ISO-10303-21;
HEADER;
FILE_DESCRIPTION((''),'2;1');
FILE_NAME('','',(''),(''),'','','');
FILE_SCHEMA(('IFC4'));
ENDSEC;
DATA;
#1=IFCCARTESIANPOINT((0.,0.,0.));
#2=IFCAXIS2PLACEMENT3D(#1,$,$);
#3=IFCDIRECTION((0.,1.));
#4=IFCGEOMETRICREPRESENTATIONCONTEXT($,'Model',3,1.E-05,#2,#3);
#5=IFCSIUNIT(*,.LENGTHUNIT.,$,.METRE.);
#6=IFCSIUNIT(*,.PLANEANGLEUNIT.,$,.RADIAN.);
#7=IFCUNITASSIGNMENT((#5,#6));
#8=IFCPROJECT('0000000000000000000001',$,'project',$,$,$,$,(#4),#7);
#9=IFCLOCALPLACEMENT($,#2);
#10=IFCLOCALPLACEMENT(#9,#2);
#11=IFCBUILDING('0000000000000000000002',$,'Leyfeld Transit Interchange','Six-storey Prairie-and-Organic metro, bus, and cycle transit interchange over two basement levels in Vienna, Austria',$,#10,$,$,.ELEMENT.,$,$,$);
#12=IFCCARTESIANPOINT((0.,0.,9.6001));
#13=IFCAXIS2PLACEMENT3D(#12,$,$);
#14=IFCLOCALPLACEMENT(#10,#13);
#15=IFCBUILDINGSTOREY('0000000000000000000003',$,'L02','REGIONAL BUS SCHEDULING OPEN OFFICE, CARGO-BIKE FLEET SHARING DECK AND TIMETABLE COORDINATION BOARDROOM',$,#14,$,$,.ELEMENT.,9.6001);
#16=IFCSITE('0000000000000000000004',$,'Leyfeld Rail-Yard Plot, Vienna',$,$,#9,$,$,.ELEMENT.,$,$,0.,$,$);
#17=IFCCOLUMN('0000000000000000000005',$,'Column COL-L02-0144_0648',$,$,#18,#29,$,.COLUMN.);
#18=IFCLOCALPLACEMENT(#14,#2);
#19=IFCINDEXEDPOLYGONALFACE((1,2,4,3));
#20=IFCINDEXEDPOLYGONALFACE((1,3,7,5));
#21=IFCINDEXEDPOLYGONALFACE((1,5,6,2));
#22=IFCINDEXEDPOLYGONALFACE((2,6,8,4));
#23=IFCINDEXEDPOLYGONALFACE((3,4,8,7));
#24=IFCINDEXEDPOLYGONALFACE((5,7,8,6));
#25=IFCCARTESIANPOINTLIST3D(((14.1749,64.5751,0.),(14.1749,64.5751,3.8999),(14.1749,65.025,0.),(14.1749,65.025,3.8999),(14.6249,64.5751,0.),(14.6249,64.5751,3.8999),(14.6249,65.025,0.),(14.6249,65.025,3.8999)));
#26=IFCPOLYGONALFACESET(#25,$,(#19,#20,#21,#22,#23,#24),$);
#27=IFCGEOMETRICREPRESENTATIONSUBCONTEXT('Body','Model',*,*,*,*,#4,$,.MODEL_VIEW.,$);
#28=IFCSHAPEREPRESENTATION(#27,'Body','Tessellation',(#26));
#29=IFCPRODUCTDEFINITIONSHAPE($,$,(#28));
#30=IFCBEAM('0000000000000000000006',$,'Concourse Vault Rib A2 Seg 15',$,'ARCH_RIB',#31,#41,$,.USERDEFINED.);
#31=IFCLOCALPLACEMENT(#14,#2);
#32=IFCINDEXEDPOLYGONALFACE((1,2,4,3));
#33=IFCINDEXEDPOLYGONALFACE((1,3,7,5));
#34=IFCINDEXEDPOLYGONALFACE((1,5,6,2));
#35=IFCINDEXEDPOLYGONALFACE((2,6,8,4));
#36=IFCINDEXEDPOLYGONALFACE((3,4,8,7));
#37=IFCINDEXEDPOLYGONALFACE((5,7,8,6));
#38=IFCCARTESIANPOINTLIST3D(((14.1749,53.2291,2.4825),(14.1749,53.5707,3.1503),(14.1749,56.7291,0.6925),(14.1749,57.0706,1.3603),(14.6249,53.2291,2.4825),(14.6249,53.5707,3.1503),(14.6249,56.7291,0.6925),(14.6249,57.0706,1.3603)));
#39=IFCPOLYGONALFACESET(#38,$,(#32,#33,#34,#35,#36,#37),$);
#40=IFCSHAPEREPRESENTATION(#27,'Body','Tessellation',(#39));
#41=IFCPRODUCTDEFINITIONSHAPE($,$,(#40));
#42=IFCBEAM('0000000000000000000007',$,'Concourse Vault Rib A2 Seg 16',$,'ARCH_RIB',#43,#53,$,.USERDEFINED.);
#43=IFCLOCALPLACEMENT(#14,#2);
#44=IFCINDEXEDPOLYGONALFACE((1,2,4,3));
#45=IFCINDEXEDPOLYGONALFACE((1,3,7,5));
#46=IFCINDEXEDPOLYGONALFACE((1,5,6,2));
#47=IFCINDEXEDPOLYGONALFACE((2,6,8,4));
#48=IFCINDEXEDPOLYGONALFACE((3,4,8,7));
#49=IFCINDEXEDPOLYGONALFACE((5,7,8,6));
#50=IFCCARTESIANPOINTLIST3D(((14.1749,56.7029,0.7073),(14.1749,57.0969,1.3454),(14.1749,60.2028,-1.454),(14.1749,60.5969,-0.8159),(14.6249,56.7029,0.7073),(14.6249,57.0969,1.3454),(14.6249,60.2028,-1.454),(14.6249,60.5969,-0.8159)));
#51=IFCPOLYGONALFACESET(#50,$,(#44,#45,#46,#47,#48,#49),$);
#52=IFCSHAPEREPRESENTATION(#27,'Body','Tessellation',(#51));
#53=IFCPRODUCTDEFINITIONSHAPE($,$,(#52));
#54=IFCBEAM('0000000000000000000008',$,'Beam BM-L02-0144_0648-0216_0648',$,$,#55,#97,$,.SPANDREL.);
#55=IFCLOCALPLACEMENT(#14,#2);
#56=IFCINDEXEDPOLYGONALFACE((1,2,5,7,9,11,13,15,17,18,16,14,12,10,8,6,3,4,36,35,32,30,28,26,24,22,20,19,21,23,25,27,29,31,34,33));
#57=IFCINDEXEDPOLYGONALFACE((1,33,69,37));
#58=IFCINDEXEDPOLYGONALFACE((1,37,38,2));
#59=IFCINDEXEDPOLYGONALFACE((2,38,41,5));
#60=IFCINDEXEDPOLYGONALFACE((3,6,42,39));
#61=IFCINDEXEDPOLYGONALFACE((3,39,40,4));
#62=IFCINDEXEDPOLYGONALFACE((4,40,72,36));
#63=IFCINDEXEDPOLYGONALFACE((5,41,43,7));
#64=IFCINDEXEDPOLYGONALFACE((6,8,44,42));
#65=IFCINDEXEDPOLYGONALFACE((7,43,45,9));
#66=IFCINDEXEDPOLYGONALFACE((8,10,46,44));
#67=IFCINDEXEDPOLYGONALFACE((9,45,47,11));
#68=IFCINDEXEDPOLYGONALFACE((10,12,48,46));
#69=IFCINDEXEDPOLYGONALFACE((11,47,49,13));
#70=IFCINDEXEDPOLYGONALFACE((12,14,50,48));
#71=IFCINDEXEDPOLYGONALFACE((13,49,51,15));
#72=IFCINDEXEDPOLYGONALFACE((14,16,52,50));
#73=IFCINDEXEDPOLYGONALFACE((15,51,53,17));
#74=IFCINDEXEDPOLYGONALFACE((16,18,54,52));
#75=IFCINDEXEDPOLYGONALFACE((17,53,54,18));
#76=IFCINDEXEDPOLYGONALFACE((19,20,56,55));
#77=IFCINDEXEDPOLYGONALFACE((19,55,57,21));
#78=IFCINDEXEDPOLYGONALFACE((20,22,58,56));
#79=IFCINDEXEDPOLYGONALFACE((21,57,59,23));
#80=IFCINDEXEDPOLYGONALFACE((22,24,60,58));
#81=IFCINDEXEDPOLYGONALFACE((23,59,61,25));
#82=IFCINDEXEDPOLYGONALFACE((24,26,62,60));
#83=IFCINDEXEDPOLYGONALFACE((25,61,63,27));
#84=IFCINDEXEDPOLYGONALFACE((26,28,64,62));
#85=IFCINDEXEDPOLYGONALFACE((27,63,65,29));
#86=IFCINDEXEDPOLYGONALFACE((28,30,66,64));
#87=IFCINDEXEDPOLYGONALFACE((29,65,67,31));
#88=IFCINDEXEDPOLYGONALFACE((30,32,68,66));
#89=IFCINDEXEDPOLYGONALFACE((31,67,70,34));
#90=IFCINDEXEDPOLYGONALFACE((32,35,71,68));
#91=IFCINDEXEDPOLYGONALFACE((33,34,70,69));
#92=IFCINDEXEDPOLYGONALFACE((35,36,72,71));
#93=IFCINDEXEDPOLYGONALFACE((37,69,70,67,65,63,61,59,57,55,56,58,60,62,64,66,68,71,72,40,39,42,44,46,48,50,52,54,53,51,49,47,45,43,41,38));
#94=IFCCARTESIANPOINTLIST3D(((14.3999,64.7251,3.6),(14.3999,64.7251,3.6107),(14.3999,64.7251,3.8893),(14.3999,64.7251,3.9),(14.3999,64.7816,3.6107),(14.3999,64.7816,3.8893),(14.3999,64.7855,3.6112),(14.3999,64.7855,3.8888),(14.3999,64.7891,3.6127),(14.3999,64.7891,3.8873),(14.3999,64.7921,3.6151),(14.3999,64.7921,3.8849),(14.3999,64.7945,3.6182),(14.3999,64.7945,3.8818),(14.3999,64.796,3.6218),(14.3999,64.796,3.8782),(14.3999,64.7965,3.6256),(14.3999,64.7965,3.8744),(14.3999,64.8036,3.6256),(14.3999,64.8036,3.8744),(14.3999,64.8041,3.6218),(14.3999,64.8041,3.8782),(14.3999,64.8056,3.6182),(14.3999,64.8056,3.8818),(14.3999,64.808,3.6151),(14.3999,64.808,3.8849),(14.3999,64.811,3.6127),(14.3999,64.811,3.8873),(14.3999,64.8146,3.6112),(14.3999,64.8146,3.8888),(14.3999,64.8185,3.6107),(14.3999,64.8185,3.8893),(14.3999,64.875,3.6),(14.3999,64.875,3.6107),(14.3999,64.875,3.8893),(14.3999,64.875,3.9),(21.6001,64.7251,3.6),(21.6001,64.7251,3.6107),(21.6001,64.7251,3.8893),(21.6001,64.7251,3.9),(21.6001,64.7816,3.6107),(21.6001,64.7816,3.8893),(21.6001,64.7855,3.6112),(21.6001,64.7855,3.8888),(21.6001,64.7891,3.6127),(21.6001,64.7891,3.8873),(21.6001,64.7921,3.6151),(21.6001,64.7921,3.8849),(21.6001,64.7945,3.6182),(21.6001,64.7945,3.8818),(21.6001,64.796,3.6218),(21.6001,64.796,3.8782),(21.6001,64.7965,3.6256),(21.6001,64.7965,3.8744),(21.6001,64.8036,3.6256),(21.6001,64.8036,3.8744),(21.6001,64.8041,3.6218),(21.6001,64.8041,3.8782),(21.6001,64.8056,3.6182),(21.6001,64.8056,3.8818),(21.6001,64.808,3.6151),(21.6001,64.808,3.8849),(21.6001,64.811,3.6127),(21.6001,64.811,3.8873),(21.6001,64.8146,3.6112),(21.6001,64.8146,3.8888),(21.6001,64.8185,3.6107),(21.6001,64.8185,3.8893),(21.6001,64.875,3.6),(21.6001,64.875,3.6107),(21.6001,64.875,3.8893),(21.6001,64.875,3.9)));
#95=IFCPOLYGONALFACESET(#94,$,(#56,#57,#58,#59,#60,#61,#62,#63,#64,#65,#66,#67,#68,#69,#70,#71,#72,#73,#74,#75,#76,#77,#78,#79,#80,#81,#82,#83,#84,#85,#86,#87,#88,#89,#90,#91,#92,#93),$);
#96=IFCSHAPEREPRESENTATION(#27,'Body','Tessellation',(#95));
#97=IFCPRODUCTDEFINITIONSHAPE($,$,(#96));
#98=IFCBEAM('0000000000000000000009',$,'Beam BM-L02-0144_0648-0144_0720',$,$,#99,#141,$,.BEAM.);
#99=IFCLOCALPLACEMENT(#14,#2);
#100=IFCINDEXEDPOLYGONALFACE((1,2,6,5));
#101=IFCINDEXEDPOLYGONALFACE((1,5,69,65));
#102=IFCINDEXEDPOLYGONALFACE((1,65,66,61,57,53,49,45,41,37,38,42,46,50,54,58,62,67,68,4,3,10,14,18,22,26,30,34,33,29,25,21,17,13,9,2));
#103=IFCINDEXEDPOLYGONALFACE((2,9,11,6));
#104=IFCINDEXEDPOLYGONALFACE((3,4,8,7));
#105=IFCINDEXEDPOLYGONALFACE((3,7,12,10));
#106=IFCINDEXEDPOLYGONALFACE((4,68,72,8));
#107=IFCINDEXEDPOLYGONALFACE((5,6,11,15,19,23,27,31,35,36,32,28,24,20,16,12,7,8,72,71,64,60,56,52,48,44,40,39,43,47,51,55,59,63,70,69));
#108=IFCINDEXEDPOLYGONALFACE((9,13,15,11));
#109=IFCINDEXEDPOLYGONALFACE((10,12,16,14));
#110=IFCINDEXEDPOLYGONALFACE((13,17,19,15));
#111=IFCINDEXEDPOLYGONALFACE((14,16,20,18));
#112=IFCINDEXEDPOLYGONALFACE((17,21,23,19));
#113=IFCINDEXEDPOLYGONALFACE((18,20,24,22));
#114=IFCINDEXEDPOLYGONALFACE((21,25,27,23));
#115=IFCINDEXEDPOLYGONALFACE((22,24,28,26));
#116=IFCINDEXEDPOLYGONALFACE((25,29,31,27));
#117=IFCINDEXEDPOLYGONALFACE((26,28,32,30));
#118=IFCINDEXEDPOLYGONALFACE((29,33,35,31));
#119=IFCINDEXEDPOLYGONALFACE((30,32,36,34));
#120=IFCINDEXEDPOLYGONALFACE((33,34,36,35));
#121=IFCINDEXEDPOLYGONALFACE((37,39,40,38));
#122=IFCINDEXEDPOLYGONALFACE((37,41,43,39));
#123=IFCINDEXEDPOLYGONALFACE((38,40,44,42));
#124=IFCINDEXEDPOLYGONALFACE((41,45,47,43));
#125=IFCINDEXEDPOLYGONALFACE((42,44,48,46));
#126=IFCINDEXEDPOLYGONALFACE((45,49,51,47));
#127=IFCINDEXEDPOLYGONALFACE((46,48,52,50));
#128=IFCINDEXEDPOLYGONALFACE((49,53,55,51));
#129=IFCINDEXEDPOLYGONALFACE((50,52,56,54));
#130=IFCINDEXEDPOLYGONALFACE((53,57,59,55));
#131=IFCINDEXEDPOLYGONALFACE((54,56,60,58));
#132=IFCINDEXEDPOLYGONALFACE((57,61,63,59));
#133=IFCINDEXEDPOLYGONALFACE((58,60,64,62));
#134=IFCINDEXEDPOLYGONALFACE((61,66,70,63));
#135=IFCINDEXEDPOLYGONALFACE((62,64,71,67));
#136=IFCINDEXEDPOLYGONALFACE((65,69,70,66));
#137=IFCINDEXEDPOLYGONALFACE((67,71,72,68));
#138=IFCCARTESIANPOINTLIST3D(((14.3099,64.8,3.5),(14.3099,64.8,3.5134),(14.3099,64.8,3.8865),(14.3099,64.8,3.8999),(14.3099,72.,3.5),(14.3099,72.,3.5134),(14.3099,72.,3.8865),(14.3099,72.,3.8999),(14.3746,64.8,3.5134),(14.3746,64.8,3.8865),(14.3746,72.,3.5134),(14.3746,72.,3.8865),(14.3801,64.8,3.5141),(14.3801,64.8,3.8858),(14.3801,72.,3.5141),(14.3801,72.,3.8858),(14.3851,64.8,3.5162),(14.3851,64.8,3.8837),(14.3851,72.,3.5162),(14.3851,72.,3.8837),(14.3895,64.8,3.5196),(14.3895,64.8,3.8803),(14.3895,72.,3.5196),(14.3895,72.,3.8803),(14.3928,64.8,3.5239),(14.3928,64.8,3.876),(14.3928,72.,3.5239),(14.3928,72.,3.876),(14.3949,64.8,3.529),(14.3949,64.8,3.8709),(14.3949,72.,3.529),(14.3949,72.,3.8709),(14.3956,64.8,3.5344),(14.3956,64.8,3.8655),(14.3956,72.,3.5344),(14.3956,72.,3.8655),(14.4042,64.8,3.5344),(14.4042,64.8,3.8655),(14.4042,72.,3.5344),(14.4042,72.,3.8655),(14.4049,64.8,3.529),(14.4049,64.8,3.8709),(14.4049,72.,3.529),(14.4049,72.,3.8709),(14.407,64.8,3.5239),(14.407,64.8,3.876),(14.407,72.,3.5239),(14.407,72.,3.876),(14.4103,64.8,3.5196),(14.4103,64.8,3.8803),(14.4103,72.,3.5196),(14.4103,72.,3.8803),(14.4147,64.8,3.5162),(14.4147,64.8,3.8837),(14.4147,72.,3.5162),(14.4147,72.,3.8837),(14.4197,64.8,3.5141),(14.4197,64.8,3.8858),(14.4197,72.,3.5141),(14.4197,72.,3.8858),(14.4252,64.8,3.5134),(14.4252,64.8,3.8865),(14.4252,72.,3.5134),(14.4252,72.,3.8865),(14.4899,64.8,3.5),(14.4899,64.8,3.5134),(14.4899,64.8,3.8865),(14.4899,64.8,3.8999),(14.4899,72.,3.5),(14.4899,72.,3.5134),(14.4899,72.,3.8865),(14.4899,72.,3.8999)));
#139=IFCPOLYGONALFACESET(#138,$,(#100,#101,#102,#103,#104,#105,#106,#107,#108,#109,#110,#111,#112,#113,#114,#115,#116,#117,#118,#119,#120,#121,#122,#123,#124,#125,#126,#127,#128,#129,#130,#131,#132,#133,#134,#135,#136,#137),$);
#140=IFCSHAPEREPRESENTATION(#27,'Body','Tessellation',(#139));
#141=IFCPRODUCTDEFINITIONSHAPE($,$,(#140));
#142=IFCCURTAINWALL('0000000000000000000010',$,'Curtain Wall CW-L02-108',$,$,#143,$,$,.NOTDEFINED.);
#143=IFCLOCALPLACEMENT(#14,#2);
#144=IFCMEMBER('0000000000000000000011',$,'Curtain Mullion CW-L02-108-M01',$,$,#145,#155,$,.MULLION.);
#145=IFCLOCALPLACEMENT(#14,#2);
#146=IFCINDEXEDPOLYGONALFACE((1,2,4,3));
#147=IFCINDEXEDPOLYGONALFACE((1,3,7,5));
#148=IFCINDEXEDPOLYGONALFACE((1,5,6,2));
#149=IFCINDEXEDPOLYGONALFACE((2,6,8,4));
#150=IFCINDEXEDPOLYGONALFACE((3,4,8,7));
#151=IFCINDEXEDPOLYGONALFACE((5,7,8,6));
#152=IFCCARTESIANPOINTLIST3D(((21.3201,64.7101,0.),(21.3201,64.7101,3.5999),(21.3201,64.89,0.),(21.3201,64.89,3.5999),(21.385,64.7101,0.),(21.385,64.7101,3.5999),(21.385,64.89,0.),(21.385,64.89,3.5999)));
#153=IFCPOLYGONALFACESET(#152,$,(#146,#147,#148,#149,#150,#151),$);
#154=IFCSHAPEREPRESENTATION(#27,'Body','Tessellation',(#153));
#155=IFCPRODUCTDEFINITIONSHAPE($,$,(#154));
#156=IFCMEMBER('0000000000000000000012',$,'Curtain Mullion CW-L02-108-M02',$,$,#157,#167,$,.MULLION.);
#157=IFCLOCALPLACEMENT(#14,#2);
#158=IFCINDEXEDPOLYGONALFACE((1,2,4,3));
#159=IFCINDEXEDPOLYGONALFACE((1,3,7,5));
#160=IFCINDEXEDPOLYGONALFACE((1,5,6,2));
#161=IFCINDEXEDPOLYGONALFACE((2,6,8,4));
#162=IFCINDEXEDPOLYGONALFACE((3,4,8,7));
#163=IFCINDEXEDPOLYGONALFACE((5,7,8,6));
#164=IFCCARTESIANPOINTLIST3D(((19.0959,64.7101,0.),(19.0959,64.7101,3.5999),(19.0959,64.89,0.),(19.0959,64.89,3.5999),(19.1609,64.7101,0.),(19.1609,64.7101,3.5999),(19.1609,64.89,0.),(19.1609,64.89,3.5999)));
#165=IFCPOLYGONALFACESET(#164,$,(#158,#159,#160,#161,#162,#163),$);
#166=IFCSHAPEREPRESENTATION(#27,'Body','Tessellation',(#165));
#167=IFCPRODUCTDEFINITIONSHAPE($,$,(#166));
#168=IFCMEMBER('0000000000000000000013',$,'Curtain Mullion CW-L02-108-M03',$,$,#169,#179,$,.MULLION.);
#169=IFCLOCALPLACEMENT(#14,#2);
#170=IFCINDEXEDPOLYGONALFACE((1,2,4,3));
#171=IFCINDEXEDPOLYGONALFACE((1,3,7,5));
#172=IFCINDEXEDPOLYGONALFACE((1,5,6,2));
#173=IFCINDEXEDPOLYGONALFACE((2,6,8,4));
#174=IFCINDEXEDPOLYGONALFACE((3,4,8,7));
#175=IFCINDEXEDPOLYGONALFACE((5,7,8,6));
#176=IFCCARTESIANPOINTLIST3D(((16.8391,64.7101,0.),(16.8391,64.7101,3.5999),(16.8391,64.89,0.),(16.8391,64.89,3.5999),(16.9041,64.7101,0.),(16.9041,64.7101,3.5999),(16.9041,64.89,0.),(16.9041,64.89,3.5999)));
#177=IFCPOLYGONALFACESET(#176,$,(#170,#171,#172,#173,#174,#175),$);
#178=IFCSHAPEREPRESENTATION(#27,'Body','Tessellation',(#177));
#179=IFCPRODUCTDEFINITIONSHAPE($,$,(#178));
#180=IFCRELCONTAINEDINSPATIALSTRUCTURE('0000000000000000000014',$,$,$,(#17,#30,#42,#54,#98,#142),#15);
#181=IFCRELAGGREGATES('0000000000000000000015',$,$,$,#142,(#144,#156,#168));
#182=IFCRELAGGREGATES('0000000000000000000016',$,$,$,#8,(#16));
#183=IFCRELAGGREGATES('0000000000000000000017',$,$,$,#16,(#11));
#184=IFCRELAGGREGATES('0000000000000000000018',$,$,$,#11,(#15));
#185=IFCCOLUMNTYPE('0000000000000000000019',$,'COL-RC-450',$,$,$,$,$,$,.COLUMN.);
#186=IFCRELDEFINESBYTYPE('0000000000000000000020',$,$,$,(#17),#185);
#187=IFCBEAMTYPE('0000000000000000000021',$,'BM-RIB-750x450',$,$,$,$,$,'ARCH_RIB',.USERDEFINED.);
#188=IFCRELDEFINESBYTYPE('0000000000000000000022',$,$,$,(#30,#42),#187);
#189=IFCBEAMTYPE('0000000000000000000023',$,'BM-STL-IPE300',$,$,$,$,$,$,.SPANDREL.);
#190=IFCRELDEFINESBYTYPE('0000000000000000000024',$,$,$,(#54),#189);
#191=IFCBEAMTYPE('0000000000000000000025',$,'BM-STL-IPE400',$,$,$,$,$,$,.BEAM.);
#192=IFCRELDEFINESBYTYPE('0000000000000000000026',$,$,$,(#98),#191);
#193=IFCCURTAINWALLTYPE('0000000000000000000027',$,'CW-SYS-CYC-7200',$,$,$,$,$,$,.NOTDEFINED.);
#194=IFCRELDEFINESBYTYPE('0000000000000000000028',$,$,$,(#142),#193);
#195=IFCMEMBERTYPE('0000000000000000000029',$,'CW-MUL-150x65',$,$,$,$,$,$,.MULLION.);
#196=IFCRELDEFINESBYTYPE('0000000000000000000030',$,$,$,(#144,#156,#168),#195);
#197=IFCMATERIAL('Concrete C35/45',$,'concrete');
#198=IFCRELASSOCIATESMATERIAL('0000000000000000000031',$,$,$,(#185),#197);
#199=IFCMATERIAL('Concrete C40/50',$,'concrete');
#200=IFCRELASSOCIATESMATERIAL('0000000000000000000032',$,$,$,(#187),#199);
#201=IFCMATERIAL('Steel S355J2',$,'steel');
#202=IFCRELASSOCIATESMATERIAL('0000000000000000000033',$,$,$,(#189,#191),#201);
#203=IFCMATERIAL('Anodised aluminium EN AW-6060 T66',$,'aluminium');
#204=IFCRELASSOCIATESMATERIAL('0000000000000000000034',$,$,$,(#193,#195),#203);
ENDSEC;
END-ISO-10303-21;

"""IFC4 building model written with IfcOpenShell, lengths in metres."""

from ifc_helpers import new_model, si_unit, direction, frame, origin, origin_2d, place, context, subcontext, project, spatial, rectangle, i_section, extrude, material, material_profile, profile_set, type_object, element, aggregate, save


model = new_model("IFC4")

# Units and contexts
model_context = context("Model", 3, precision=1e-05, world=origin(), true_north=direction((0.0, 1.0)))
body_context = subcontext(model_context, "Body", "Model", "MODEL_VIEW")
ifc_project = project(units=[si_unit("LENGTHUNIT", "METRE"), si_unit("PLANEANGLEUNIT", "RADIAN")], contexts=[model_context])

# Site, building, storey
site_placement = place(None, origin())
site = spatial("IfcSite", under=ifc_project, at=site_placement, Name="Leyfeld Rail-Yard Plot, Vienna", CompositionType="ELEMENT", RefElevation=0.0)
building_placement = place(site_placement, origin())
building = spatial("IfcBuilding", under=site, at=building_placement, Name="Leyfeld Transit Interchange", Description="Six-storey Prairie-and-Organic metro, bus, and cycle transit interchange over two basement levels in Vienna, Austria", CompositionType="ELEMENT")
storey_placement = place(building_placement, frame((0.0, 0.0, 9.6001)))
storey = spatial("IfcBuildingStorey", under=building, at=storey_placement, Name="L02", Description="REGIONAL BUS SCHEDULING OPEN OFFICE, CARGO-BIKE FLEET SHARING DECK AND TIMETABLE COORDINATION BOARDROOM", CompositionType="ELEMENT", Elevation=9.6001)

# Column
ifc_material_1 = material(Name="Concrete C35/45", Category="concrete")
ifc_material_profile_1 = material_profile(ifc_material_1, rectangle(XDim=0.45, YDim=0.45, at=origin_2d()), Name="RC 450x450")
ifc_profile_set_1 = profile_set([ifc_material_profile_1], Name="Concrete C35/45")
column_type = type_object("IfcColumnType", Name="COL-RC-450", PredefinedType="COLUMN", material=ifc_profile_set_1)
column_placement = place(storey_placement, frame((14.3999, 64.8, 0.0), z_axis=(0.0, 0.0, 1.0), x_axis=(1.0, 0.0, 0.0)))
element("IfcColumn", 1, at=column_placement, inside=storey, type_object=column_type, Name="Column COL-L02-0144_0648", PredefinedType="COLUMN", context=body_context, shape_type="SweptSolid", body=[
    extrude(rectangle(XDim=0.45, YDim=0.45, at=origin_2d()), origin(), (0.0, 0.0, 1.0), 3.8999),
])

# Beams
ifc_material_2 = material(Name="Concrete C40/50", Category="concrete")
ifc_material_profile_2 = material_profile(ifc_material_2, rectangle(XDim=0.45, YDim=0.75, at=origin_2d()), Name="RC 750x450 RIB")
ifc_profile_set_2 = profile_set([ifc_material_profile_2], Name="Concrete C40/50")
beam_type_1 = type_object("IfcBeamType", Name="BM-RIB-750x450", ElementType="ARCH_RIB", PredefinedType="USERDEFINED", material=ifc_profile_set_2)
beam_1_placement = place(storey_placement, frame((14.3999, 53.3999, 2.8164), z_axis=(0.0, 0.890316, -0.455343), x_axis=(-1.0, 0.0, 0.0)))
element("IfcBeam", 2, at=beam_1_placement, inside=storey, type_object=beam_type_1, Name="Concourse Vault Rib A2 Seg 15", ObjectType="ARCH_RIB", PredefinedType="USERDEFINED", context=body_context, shape_type="SweptSolid", body=[
    extrude(rectangle(XDim=0.45, YDim=0.75, at=origin_2d()), origin(), (0.0, 0.0, 1.0), 3.9312),
])
beam_2_placement = place(storey_placement, frame((14.3999, 56.8999, 1.0264), z_axis=(0.0, 0.85084, -0.525425), x_axis=(-1.0, 0.0, 0.0)))
element("IfcBeam", 3, at=beam_2_placement, inside=storey, type_object=beam_type_1, Name="Concourse Vault Rib A2 Seg 16", ObjectType="ARCH_RIB", PredefinedType="USERDEFINED", context=body_context, shape_type="SweptSolid", body=[
    extrude(rectangle(XDim=0.45, YDim=0.75, at=origin_2d()), origin(), (0.0, 0.0, 1.0), 4.1135),
])
ifc_material_3 = material(Name="Steel S355J2", Category="steel")
ifc_material_profile_3 = material_profile(ifc_material_3, i_section(OverallWidth=0.1499, OverallDepth=0.3, WebThickness=0.0071, FlangeThickness=0.0107, FilletRadius=0.0149, at=origin_2d()), Name="IPE 300")
ifc_profile_set_3 = profile_set([ifc_material_profile_3], Name="Steel S355J2")
beam_type_2 = type_object("IfcBeamType", Name="BM-STL-IPE300", PredefinedType="SPANDREL", material=ifc_profile_set_3)
beam_3_placement = place(storey_placement, frame((14.3999, 64.8, 3.75), z_axis=(1.0, 0.0, 0.0), x_axis=(0.0, 1.0, 0.0)))
element("IfcBeam", 4, at=beam_3_placement, inside=storey, type_object=beam_type_2, Name="Beam BM-L02-0144_0648-0216_0648", PredefinedType="SPANDREL", context=body_context, shape_type="SweptSolid", body=[
    extrude(i_section(OverallWidth=0.1499, OverallDepth=0.3, WebThickness=0.0071, FlangeThickness=0.0107, FilletRadius=0.0149, at=origin_2d()), origin(), (0.0, 0.0, 1.0), 7.2002),
])
ifc_material_profile_4 = material_profile(ifc_material_3, i_section(OverallWidth=0.1799, OverallDepth=0.3999, WebThickness=0.0085, FlangeThickness=0.0134, FilletRadius=0.021, at=origin_2d()), Name="IPE 400")
ifc_profile_set_4 = profile_set([ifc_material_profile_4], Name="Steel S355J2")
beam_type_3 = type_object("IfcBeamType", Name="BM-STL-IPE400", PredefinedType="BEAM", material=ifc_profile_set_4)
beam_4_placement = place(storey_placement, frame((14.3999, 64.8, 3.7), z_axis=(0.0, 1.0, 0.0), x_axis=(-1.0, 0.0, 0.0)))
element("IfcBeam", 5, at=beam_4_placement, inside=storey, type_object=beam_type_3, Name="Beam BM-L02-0144_0648-0144_0720", PredefinedType="BEAM", context=body_context, shape_type="SweptSolid", body=[
    extrude(i_section(OverallWidth=0.1799, OverallDepth=0.3999, WebThickness=0.0085, FlangeThickness=0.0134, FilletRadius=0.021, at=origin_2d()), origin(), (0.0, 0.0, 1.0), 7.2),
])

# Curtain wall, members
ifc_material_4 = material(Name="Anodised aluminium EN AW-6060 T66", Category="aluminium")
curtain_wall_type = type_object("IfcCurtainWallType", Name="CW-SYS-CYC-7200", PredefinedType="NOTDEFINED", material=ifc_material_4)
curtain_wall_placement = place(storey_placement, origin())
curtain_wall = element("IfcCurtainWall", 6, at=curtain_wall_placement, inside=storey, type_object=curtain_wall_type, Name="Curtain Wall CW-L02-108", PredefinedType="NOTDEFINED")
ifc_material_profile_5 = material_profile(ifc_material_4, rectangle(XDim=0.0649, YDim=0.1799, at=origin_2d()), Name="CW-M 65x180")
ifc_profile_set_5 = profile_set([ifc_material_profile_5], Name="Anodised aluminium EN AW-6060 T66")
member_type_1 = type_object("IfcMemberType", Name="CW-MUL-150x65", PredefinedType="MULLION", material=ifc_profile_set_5)
member_1_placement = place(storey_placement, frame((21.3525, 64.8, 0.0), z_axis=(0.0, 0.0, 1.0), x_axis=(-1.0, 0.0, 0.0)))
member_1 = element("IfcMember", 7, at=member_1_placement, type_object=member_type_1, Name="Curtain Mullion CW-L02-108-M01", PredefinedType="MULLION", context=body_context, shape_type="SweptSolid", body=[
    extrude(rectangle(XDim=0.0649, YDim=0.1799, at=origin_2d()), origin(), (0.0, 0.0, 1.0), 3.5999),
])
member_2_placement = place(storey_placement, frame((19.1284, 64.8, 0.0), z_axis=(0.0, 0.0, 1.0), x_axis=(-1.0, 0.0, 0.0)))
member_2 = element("IfcMember", 8, at=member_2_placement, type_object=member_type_1, Name="Curtain Mullion CW-L02-108-M02", PredefinedType="MULLION", context=body_context, shape_type="SweptSolid", body=[
    extrude(rectangle(XDim=0.0649, YDim=0.1799, at=origin_2d()), origin(), (0.0, 0.0, 1.0), 3.5999),
])
member_3_placement = place(storey_placement, frame((16.8716, 64.8, 0.0), z_axis=(0.0, 0.0, 1.0), x_axis=(-1.0, 0.0, 0.0)))
member_3 = element("IfcMember", 9, at=member_3_placement, type_object=member_type_1, Name="Curtain Mullion CW-L02-108-M03", PredefinedType="MULLION", context=body_context, shape_type="SweptSolid", body=[
    extrude(rectangle(XDim=0.0649, YDim=0.1799, at=origin_2d()), origin(), (0.0, 0.0, 1.0), 3.5999),
])

aggregate(curtain_wall, [member_1, member_2, member_3])

save(model, "model.ifc")
